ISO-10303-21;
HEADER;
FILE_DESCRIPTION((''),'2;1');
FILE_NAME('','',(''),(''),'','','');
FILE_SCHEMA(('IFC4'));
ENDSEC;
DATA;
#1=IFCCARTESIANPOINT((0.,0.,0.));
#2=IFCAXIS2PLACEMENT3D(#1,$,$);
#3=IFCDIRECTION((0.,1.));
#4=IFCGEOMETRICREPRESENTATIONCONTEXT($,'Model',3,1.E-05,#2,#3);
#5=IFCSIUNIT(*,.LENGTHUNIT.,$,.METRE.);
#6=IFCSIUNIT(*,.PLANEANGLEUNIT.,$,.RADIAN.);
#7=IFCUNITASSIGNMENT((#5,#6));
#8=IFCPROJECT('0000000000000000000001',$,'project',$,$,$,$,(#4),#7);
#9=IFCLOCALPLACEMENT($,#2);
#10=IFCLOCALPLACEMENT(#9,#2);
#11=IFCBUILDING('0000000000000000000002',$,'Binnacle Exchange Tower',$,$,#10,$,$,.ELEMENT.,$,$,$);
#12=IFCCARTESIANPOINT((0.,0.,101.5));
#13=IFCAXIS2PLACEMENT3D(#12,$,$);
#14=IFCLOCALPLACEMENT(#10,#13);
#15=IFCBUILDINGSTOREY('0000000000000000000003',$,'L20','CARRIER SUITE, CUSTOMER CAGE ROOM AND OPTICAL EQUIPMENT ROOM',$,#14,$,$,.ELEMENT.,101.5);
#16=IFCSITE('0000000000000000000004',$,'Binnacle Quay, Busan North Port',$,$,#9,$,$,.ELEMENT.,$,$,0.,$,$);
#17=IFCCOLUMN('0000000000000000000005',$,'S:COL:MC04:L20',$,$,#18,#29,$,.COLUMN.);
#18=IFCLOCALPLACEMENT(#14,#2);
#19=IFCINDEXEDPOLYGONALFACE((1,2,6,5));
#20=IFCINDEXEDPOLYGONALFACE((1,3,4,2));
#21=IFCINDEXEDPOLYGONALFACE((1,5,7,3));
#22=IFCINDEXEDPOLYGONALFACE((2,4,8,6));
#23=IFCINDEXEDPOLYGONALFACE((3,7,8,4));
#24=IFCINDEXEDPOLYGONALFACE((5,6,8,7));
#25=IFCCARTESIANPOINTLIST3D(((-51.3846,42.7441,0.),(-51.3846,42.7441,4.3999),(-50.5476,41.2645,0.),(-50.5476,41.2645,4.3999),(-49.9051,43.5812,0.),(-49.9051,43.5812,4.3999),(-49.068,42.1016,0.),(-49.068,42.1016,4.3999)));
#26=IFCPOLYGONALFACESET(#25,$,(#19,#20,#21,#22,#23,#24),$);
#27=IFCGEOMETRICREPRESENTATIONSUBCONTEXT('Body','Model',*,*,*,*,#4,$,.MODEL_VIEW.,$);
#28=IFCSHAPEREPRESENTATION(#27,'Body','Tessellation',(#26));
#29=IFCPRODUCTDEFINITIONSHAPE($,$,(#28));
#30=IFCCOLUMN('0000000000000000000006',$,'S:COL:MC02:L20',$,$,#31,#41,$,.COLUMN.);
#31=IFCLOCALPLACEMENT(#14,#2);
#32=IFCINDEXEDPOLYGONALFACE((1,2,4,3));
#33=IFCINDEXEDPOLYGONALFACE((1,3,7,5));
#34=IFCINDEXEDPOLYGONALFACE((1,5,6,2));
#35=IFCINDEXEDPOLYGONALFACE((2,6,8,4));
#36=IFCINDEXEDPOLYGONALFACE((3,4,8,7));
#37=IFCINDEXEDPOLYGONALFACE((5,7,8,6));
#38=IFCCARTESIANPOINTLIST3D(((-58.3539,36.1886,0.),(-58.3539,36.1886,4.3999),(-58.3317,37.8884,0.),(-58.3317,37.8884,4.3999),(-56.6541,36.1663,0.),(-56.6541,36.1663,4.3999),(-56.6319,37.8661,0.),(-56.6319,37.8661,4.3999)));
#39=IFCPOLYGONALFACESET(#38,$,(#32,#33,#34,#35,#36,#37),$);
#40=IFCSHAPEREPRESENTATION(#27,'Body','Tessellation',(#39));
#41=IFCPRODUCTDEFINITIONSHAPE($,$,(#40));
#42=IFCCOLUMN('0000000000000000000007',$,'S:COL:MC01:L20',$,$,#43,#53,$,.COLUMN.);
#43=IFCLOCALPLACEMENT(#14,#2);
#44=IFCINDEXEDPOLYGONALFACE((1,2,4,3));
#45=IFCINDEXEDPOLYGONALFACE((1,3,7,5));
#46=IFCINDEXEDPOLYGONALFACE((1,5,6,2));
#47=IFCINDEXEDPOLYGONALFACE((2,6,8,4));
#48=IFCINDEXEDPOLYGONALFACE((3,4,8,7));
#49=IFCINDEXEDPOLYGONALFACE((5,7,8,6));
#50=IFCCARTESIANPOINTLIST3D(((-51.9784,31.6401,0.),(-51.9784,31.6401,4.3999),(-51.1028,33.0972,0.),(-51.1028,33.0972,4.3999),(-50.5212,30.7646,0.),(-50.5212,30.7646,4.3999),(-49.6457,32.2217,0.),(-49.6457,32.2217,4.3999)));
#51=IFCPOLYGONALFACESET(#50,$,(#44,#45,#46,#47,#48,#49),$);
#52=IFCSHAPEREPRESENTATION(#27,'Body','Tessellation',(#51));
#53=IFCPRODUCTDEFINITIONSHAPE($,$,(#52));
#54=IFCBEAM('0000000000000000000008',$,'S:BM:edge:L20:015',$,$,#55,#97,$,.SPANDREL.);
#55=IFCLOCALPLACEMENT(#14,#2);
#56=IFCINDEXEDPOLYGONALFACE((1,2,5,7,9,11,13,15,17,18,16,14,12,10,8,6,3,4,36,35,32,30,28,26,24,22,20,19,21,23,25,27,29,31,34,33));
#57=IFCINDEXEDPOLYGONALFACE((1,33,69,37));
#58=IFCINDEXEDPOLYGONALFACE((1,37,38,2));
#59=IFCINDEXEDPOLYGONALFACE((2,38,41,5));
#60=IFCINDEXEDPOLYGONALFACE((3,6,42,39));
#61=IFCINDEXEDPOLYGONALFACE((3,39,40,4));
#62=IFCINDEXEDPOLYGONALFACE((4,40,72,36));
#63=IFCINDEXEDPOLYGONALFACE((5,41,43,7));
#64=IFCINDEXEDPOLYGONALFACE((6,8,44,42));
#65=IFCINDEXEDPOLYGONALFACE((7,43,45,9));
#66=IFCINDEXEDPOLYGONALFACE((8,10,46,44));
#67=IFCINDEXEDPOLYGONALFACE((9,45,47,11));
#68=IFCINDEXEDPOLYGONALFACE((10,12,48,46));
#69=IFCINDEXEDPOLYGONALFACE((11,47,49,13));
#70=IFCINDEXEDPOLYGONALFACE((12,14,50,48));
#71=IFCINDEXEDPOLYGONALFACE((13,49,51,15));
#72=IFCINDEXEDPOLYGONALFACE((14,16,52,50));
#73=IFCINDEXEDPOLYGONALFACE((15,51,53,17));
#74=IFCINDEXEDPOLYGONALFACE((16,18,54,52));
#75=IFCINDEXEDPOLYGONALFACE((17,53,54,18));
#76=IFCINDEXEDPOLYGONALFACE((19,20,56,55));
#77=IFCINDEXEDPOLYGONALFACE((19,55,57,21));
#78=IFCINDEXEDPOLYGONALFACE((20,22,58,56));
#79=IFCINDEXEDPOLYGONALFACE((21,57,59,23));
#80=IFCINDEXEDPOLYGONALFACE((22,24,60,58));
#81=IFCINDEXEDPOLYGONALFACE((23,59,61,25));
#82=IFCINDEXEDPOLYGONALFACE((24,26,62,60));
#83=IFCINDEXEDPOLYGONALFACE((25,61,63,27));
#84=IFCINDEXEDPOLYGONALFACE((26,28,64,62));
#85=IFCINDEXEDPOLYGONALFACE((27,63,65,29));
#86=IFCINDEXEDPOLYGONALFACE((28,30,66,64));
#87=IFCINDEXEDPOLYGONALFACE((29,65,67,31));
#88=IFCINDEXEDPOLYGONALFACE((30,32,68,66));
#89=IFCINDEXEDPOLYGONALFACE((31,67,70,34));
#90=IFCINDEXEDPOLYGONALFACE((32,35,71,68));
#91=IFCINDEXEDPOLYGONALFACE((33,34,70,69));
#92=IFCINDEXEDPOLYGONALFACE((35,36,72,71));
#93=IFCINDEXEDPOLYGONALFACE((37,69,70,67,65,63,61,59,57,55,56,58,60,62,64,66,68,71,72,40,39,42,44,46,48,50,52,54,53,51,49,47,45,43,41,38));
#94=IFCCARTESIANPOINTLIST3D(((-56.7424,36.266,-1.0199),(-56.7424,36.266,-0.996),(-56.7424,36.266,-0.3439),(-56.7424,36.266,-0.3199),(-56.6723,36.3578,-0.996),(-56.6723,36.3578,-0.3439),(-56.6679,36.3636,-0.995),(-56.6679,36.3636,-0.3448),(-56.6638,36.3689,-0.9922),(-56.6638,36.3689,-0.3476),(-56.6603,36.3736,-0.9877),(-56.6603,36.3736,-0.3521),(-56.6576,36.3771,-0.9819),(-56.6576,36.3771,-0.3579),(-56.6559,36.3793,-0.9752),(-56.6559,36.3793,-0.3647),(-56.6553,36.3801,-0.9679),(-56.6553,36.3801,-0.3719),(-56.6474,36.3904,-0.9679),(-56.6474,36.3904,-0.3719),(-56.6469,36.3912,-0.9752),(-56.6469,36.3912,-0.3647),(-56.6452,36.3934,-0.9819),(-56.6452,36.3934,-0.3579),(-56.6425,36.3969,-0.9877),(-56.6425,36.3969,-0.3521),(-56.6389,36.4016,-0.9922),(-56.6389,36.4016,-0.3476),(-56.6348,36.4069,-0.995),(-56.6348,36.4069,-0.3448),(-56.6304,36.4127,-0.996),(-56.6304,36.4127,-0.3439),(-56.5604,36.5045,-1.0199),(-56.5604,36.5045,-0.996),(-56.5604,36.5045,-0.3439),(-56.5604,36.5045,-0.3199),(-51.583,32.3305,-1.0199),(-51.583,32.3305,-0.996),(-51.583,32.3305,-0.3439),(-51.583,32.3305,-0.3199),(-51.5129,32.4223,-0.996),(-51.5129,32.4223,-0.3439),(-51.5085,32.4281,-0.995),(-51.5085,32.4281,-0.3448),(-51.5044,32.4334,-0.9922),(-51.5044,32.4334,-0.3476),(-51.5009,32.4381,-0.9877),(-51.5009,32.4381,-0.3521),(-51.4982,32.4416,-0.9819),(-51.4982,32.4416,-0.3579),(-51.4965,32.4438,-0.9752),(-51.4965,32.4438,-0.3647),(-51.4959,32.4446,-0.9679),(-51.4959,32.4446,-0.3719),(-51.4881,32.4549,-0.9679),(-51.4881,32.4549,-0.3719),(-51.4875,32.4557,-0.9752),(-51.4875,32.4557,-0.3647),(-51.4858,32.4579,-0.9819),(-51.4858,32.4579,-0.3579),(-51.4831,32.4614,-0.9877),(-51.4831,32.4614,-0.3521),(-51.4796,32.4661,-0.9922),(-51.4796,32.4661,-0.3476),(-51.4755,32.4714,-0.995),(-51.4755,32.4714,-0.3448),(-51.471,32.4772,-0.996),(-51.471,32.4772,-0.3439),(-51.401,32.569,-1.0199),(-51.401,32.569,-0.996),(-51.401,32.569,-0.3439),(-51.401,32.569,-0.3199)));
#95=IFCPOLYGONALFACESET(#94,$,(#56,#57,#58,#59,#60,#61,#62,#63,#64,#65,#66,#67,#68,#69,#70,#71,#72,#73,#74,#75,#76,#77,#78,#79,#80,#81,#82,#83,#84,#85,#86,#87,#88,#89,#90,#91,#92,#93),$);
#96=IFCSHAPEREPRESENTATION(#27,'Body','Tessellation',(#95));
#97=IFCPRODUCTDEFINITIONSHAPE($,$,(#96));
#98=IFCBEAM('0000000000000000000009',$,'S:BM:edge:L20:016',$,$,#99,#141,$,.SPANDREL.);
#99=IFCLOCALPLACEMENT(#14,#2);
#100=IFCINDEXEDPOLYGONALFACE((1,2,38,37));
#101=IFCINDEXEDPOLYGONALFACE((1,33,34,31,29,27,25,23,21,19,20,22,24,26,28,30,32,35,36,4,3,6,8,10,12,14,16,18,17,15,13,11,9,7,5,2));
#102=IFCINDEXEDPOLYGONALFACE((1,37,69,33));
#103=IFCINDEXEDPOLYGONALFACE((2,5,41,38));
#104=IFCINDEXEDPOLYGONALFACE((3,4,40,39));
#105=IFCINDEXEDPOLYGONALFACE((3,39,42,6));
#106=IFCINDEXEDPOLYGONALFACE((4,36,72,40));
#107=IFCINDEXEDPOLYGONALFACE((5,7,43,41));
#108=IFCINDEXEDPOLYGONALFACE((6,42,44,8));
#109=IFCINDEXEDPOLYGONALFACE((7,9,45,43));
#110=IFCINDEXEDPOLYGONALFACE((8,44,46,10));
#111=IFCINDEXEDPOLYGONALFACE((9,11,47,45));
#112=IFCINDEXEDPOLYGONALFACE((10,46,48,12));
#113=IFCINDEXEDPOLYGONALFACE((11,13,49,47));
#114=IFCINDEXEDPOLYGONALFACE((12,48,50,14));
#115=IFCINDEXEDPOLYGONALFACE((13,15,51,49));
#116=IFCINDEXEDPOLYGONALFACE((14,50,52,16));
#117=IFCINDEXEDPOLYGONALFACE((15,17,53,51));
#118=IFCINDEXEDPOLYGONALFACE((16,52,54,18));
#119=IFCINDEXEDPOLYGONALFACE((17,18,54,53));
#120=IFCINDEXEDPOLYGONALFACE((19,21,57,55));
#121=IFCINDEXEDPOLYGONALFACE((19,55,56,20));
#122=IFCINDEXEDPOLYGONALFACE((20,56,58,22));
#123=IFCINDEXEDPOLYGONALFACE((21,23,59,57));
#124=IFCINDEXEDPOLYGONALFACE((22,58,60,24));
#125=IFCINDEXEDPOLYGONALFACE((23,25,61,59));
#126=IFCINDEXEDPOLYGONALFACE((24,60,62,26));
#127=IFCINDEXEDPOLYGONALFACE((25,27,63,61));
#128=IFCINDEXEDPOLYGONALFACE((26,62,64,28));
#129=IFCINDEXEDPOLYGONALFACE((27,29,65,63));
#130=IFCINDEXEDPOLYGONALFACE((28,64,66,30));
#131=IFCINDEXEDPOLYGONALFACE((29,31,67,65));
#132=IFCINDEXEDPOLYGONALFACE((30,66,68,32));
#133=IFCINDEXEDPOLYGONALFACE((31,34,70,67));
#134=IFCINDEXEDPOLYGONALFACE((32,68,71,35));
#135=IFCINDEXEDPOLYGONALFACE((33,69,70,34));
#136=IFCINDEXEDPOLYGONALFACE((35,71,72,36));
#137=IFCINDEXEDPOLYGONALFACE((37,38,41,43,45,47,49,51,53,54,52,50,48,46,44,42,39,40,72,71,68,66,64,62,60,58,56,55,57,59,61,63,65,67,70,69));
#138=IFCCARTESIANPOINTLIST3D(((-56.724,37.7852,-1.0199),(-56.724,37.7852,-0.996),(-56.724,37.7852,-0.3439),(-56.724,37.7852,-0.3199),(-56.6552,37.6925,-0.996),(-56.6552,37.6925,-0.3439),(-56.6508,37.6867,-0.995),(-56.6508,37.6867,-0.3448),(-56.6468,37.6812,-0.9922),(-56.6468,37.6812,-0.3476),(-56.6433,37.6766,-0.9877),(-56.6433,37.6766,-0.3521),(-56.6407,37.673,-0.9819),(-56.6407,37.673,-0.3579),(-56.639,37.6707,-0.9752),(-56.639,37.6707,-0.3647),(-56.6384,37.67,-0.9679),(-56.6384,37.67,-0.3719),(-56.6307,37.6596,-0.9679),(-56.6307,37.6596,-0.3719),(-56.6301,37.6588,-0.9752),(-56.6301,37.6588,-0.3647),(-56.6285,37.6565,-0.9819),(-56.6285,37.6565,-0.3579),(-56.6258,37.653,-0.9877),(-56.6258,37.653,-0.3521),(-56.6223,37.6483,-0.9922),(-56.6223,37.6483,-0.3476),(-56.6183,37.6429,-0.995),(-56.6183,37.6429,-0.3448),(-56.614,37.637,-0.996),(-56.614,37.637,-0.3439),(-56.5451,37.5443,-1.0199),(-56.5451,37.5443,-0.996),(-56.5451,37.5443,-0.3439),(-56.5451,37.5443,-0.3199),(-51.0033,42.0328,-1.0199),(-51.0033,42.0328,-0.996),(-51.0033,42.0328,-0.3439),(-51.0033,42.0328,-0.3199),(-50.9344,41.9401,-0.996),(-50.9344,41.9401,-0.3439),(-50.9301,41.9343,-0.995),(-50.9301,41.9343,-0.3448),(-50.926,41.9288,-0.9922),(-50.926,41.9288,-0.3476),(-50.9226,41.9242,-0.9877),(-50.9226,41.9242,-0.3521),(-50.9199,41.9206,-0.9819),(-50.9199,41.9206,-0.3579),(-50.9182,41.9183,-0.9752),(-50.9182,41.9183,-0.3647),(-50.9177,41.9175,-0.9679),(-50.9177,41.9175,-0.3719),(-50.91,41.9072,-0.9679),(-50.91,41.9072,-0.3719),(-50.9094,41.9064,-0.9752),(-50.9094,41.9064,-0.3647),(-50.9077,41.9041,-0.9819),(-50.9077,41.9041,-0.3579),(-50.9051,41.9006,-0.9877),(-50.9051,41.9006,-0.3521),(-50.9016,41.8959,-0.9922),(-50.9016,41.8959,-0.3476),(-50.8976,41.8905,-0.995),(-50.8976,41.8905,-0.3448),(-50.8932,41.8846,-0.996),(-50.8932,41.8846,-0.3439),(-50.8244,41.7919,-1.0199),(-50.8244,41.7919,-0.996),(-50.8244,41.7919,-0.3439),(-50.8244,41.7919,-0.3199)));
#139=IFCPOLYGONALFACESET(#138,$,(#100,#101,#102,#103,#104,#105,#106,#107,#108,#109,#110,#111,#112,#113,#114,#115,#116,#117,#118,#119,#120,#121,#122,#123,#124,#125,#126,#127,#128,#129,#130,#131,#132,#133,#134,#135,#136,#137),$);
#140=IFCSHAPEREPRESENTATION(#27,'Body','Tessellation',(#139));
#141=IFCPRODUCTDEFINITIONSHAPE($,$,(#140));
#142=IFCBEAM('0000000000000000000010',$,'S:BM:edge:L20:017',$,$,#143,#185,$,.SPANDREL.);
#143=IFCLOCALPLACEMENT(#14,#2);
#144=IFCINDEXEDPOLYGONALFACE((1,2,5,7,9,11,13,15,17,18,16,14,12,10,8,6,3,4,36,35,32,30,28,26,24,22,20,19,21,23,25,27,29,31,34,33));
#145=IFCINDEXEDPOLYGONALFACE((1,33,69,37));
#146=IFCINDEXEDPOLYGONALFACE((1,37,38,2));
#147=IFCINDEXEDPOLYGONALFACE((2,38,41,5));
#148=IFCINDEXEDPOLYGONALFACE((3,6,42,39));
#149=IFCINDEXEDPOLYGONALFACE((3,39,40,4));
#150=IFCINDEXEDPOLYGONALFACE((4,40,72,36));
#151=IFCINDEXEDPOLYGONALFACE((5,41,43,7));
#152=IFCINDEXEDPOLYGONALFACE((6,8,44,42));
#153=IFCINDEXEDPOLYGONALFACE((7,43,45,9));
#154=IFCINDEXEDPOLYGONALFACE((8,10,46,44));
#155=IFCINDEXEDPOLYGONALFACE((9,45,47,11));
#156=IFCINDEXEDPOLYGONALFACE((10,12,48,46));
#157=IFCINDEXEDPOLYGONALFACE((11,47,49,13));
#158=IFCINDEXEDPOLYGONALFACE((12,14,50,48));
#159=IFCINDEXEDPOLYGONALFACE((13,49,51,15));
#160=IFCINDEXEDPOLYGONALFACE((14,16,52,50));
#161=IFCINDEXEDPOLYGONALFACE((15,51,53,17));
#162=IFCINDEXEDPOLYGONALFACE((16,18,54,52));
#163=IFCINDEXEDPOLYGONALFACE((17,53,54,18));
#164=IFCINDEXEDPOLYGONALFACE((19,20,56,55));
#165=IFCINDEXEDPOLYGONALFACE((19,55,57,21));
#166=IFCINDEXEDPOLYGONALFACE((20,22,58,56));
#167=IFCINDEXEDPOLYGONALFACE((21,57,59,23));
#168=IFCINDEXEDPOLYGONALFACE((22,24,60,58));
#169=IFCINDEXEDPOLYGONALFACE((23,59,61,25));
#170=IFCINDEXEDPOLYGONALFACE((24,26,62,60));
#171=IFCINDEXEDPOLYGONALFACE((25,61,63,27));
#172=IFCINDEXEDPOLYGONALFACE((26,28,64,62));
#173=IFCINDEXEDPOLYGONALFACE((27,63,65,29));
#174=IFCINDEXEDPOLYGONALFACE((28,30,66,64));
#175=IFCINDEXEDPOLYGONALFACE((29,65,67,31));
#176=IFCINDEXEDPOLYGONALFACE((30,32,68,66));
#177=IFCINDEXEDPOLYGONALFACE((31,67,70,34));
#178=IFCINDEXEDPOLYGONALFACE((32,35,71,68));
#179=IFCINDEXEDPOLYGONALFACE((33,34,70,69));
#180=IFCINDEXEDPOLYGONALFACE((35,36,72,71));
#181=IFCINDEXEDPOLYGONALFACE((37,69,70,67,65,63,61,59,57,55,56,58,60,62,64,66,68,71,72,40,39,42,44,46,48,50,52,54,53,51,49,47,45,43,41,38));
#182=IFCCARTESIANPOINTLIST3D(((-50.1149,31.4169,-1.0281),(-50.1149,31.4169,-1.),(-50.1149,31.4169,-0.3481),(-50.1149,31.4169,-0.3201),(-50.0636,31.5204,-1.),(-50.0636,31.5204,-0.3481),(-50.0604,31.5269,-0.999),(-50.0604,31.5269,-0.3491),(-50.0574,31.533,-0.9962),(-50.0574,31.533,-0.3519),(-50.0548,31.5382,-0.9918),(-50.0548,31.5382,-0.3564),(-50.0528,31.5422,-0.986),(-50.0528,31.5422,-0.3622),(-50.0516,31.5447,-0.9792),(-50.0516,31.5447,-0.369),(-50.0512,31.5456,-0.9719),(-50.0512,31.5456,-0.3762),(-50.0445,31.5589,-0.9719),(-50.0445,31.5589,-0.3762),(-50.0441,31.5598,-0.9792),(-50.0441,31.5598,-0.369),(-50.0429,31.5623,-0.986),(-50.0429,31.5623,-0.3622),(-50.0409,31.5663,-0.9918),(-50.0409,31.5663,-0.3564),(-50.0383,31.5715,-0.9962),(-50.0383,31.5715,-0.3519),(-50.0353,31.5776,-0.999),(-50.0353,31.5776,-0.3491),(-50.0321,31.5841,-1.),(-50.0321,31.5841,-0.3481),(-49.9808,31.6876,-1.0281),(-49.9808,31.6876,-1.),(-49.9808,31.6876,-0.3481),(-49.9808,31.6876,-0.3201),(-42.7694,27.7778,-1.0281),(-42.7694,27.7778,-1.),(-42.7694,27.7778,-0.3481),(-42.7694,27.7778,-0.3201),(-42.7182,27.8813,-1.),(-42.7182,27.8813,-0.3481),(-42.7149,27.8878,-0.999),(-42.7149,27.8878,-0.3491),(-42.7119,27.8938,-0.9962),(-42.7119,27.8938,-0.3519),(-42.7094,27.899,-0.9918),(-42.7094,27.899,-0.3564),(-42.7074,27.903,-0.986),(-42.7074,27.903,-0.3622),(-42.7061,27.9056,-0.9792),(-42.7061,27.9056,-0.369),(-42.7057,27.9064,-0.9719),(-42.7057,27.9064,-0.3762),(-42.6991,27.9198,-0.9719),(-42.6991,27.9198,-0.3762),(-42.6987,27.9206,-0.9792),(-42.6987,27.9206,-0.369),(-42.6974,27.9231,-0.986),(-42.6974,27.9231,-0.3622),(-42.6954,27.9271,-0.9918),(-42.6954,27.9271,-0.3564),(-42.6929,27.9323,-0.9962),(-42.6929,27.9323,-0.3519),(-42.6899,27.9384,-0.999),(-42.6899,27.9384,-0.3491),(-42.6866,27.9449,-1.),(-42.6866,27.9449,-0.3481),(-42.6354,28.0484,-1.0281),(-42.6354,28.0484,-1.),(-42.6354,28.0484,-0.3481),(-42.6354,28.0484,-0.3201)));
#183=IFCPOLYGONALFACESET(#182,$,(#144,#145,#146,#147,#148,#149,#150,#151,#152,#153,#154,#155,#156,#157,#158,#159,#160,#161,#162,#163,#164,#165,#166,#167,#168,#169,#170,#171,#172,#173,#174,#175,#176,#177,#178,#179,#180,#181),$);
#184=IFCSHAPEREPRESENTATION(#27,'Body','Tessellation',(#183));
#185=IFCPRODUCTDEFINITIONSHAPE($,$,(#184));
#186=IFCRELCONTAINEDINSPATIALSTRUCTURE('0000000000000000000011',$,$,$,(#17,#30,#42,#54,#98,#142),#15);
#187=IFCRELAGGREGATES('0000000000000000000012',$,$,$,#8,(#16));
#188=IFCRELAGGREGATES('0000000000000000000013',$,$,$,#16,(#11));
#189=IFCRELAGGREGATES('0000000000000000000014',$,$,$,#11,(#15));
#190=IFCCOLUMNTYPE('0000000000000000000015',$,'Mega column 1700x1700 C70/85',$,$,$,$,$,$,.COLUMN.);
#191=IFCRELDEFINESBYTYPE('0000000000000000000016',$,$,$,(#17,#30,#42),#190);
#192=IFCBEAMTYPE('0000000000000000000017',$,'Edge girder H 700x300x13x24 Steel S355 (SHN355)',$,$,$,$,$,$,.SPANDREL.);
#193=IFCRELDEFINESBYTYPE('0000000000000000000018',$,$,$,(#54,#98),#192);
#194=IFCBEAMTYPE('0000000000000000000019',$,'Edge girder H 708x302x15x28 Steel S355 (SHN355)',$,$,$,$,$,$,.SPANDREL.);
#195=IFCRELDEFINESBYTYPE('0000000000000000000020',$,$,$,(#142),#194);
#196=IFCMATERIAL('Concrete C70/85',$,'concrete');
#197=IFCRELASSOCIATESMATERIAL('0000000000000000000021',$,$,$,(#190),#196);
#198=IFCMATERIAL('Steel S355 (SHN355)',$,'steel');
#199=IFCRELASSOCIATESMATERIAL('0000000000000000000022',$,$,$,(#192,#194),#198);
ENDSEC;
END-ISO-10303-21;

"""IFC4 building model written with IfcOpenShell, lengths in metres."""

from ifc_helpers import new_model, si_unit, direction, frame, origin, origin_2d, place, context, subcontext, project, spatial, rectangle, i_section, extrude, material, material_profile, profile_set, type_object, element, save


model = new_model("IFC4")

# Units and contexts
model_context = context("Model", 3, precision=1e-05, world=origin(), true_north=direction((0.0, 1.0)))
body_context = subcontext(model_context, "Body", "Model", "MODEL_VIEW")
ifc_project = project(units=[si_unit("LENGTHUNIT", "METRE"), si_unit("PLANEANGLEUNIT", "RADIAN")], contexts=[model_context])

# Site, building, storey
site_placement = place(None, origin())
site = spatial("IfcSite", under=ifc_project, at=site_placement, Name="Binnacle Quay, Busan North Port", CompositionType="ELEMENT", RefElevation=0.0)
building_placement = place(site_placement, origin())
building = spatial("IfcBuilding", under=site, at=building_placement, Name="Binnacle Exchange Tower", CompositionType="ELEMENT")
storey_placement = place(building_placement, frame((0.0, 0.0, 101.5)))
storey = spatial("IfcBuildingStorey", under=building, at=storey_placement, Name="L20", Description="CARRIER SUITE, CUSTOMER CAGE ROOM AND OPTICAL EQUIPMENT ROOM", CompositionType="ELEMENT", Elevation=101.5)

# Columns
ifc_material_1 = material(Name="Concrete C70/85", Category="concrete")
ifc_material_profile_1 = material_profile(ifc_material_1, rectangle(XDim=1.7, YDim=1.7, at=origin_2d()), Name="Mega column 1700x1700 C70/85")
ifc_profile_set_1 = profile_set([ifc_material_profile_1], Name="Concrete C70/85")
column_type = type_object("IfcColumnType", Name="Mega column 1700x1700 C70/85", PredefinedType="COLUMN", material=ifc_profile_set_1)
for number, where, z_axis, x_axis, name in (
    (1, (-50.2263, 42.4229, 0.0), (0.0, 0.0, 1.0), (-0.870356, -0.492424, 0.0), "S:COL:MC04:L20"),
    (2, (-57.4929, 37.0273, 0.0), (0.0, 0.0, 1.0), (-0.01309, -0.999914, 0.0), "S:COL:MC02:L20"),
    (3, (-50.812, 31.9309, 0.0), (0.0, 0.0, 1.0), (0.857167, -0.515038, 0.0), "S:COL:MC01:L20"),
):
    element("IfcColumn", number, at=place(storey_placement, frame(where, z_axis=z_axis, x_axis=x_axis)), inside=storey, type_object=column_type, Name=name, PredefinedType="COLUMN", context=body_context, shape_type="SweptSolid", body=[
        extrude(rectangle(XDim=1.7, YDim=1.7, at=origin_2d()), origin(), (0.0, 0.0, 1.0), 4.3999),
    ])

# Beams
ifc_material_2 = material(Name="Steel S355 (SHN355)", Category="steel")
ifc_material_profile_2 = material_profile(ifc_material_2, i_section(OverallWidth=0.3, OverallDepth=0.7, WebThickness=0.0129, FlangeThickness=0.0239, FilletRadius=0.0281, at=origin_2d()), Name="H 700x300x13x24")
ifc_profile_set_2 = profile_set([ifc_material_profile_2], Name="Steel S355 (SHN355)")
beam_type_1 = type_object("IfcBeamType", Name="Edge girder H 700x300x13x24 Steel S355 (SHN355)", PredefinedType="SPANDREL", material=ifc_profile_set_2)
beam_1_placement = place(storey_placement, frame((-56.6514, 36.3853, -0.6699), z_axis=(0.795093, -0.606487, 0.0), x_axis=(0.606487, 0.795093, 0.0)))
element("IfcBeam", 4, at=beam_1_placement, inside=storey, type_object=beam_type_1, Name="S:BM:edge:L20:015", PredefinedType="SPANDREL", context=body_context, shape_type="SweptSolid", body=[
    extrude(i_section(OverallWidth=0.3, OverallDepth=0.7, WebThickness=0.0129, FlangeThickness=0.0239, FilletRadius=0.0281, at=origin_2d()), origin(), (0.0, 0.0, 1.0), 6.489),
])
beam_2_placement = place(storey_placement, frame((-50.9138, 41.9124, -0.6699), z_axis=(-0.802885, -0.596133, 0.0), x_axis=(0.596133, -0.802885, 0.0)))
element("IfcBeam", 5, at=beam_2_placement, inside=storey, type_object=beam_type_1, Name="S:BM:edge:L20:016", PredefinedType="SPANDREL", context=body_context, shape_type="SweptSolid", body=[
    extrude(i_section(OverallWidth=0.3, OverallDepth=0.7, WebThickness=0.0129, FlangeThickness=0.0239, FilletRadius=0.0281, at=origin_2d()), origin(), (0.0, 0.0, 1.0), 7.1252),
])
ifc_material_profile_3 = material_profile(ifc_material_2, i_section(OverallWidth=0.302, OverallDepth=0.708, WebThickness=0.0149, FlangeThickness=0.0281, FilletRadius=0.0281, at=origin_2d()), Name="H 708x302x15x28")
ifc_profile_set_3 = profile_set([ifc_material_profile_3], Name="Steel S355 (SHN355)")
beam_type_2 = type_object("IfcBeamType", Name="Edge girder H 708x302x15x28 Steel S355 (SHN355)", PredefinedType="SPANDREL", material=ifc_profile_set_3)
beam_3_placement = place(storey_placement, frame((-50.0479, 31.5522, -0.6741), z_axis=(0.896059, -0.443935, 0.0), x_axis=(0.443935, 0.896059, 0.0)))
element("IfcBeam", 6, at=beam_3_placement, inside=storey, type_object=beam_type_2, Name="S:BM:edge:L20:017", PredefinedType="SPANDREL", context=body_context, shape_type="SweptSolid", body=[
    extrude(i_section(OverallWidth=0.302, OverallDepth=0.708, WebThickness=0.0149, FlangeThickness=0.0281, FilletRadius=0.0281, at=origin_2d()), origin(), (0.0, 0.0, 1.0), 8.1975),
])

save(model, "model.ifc")
